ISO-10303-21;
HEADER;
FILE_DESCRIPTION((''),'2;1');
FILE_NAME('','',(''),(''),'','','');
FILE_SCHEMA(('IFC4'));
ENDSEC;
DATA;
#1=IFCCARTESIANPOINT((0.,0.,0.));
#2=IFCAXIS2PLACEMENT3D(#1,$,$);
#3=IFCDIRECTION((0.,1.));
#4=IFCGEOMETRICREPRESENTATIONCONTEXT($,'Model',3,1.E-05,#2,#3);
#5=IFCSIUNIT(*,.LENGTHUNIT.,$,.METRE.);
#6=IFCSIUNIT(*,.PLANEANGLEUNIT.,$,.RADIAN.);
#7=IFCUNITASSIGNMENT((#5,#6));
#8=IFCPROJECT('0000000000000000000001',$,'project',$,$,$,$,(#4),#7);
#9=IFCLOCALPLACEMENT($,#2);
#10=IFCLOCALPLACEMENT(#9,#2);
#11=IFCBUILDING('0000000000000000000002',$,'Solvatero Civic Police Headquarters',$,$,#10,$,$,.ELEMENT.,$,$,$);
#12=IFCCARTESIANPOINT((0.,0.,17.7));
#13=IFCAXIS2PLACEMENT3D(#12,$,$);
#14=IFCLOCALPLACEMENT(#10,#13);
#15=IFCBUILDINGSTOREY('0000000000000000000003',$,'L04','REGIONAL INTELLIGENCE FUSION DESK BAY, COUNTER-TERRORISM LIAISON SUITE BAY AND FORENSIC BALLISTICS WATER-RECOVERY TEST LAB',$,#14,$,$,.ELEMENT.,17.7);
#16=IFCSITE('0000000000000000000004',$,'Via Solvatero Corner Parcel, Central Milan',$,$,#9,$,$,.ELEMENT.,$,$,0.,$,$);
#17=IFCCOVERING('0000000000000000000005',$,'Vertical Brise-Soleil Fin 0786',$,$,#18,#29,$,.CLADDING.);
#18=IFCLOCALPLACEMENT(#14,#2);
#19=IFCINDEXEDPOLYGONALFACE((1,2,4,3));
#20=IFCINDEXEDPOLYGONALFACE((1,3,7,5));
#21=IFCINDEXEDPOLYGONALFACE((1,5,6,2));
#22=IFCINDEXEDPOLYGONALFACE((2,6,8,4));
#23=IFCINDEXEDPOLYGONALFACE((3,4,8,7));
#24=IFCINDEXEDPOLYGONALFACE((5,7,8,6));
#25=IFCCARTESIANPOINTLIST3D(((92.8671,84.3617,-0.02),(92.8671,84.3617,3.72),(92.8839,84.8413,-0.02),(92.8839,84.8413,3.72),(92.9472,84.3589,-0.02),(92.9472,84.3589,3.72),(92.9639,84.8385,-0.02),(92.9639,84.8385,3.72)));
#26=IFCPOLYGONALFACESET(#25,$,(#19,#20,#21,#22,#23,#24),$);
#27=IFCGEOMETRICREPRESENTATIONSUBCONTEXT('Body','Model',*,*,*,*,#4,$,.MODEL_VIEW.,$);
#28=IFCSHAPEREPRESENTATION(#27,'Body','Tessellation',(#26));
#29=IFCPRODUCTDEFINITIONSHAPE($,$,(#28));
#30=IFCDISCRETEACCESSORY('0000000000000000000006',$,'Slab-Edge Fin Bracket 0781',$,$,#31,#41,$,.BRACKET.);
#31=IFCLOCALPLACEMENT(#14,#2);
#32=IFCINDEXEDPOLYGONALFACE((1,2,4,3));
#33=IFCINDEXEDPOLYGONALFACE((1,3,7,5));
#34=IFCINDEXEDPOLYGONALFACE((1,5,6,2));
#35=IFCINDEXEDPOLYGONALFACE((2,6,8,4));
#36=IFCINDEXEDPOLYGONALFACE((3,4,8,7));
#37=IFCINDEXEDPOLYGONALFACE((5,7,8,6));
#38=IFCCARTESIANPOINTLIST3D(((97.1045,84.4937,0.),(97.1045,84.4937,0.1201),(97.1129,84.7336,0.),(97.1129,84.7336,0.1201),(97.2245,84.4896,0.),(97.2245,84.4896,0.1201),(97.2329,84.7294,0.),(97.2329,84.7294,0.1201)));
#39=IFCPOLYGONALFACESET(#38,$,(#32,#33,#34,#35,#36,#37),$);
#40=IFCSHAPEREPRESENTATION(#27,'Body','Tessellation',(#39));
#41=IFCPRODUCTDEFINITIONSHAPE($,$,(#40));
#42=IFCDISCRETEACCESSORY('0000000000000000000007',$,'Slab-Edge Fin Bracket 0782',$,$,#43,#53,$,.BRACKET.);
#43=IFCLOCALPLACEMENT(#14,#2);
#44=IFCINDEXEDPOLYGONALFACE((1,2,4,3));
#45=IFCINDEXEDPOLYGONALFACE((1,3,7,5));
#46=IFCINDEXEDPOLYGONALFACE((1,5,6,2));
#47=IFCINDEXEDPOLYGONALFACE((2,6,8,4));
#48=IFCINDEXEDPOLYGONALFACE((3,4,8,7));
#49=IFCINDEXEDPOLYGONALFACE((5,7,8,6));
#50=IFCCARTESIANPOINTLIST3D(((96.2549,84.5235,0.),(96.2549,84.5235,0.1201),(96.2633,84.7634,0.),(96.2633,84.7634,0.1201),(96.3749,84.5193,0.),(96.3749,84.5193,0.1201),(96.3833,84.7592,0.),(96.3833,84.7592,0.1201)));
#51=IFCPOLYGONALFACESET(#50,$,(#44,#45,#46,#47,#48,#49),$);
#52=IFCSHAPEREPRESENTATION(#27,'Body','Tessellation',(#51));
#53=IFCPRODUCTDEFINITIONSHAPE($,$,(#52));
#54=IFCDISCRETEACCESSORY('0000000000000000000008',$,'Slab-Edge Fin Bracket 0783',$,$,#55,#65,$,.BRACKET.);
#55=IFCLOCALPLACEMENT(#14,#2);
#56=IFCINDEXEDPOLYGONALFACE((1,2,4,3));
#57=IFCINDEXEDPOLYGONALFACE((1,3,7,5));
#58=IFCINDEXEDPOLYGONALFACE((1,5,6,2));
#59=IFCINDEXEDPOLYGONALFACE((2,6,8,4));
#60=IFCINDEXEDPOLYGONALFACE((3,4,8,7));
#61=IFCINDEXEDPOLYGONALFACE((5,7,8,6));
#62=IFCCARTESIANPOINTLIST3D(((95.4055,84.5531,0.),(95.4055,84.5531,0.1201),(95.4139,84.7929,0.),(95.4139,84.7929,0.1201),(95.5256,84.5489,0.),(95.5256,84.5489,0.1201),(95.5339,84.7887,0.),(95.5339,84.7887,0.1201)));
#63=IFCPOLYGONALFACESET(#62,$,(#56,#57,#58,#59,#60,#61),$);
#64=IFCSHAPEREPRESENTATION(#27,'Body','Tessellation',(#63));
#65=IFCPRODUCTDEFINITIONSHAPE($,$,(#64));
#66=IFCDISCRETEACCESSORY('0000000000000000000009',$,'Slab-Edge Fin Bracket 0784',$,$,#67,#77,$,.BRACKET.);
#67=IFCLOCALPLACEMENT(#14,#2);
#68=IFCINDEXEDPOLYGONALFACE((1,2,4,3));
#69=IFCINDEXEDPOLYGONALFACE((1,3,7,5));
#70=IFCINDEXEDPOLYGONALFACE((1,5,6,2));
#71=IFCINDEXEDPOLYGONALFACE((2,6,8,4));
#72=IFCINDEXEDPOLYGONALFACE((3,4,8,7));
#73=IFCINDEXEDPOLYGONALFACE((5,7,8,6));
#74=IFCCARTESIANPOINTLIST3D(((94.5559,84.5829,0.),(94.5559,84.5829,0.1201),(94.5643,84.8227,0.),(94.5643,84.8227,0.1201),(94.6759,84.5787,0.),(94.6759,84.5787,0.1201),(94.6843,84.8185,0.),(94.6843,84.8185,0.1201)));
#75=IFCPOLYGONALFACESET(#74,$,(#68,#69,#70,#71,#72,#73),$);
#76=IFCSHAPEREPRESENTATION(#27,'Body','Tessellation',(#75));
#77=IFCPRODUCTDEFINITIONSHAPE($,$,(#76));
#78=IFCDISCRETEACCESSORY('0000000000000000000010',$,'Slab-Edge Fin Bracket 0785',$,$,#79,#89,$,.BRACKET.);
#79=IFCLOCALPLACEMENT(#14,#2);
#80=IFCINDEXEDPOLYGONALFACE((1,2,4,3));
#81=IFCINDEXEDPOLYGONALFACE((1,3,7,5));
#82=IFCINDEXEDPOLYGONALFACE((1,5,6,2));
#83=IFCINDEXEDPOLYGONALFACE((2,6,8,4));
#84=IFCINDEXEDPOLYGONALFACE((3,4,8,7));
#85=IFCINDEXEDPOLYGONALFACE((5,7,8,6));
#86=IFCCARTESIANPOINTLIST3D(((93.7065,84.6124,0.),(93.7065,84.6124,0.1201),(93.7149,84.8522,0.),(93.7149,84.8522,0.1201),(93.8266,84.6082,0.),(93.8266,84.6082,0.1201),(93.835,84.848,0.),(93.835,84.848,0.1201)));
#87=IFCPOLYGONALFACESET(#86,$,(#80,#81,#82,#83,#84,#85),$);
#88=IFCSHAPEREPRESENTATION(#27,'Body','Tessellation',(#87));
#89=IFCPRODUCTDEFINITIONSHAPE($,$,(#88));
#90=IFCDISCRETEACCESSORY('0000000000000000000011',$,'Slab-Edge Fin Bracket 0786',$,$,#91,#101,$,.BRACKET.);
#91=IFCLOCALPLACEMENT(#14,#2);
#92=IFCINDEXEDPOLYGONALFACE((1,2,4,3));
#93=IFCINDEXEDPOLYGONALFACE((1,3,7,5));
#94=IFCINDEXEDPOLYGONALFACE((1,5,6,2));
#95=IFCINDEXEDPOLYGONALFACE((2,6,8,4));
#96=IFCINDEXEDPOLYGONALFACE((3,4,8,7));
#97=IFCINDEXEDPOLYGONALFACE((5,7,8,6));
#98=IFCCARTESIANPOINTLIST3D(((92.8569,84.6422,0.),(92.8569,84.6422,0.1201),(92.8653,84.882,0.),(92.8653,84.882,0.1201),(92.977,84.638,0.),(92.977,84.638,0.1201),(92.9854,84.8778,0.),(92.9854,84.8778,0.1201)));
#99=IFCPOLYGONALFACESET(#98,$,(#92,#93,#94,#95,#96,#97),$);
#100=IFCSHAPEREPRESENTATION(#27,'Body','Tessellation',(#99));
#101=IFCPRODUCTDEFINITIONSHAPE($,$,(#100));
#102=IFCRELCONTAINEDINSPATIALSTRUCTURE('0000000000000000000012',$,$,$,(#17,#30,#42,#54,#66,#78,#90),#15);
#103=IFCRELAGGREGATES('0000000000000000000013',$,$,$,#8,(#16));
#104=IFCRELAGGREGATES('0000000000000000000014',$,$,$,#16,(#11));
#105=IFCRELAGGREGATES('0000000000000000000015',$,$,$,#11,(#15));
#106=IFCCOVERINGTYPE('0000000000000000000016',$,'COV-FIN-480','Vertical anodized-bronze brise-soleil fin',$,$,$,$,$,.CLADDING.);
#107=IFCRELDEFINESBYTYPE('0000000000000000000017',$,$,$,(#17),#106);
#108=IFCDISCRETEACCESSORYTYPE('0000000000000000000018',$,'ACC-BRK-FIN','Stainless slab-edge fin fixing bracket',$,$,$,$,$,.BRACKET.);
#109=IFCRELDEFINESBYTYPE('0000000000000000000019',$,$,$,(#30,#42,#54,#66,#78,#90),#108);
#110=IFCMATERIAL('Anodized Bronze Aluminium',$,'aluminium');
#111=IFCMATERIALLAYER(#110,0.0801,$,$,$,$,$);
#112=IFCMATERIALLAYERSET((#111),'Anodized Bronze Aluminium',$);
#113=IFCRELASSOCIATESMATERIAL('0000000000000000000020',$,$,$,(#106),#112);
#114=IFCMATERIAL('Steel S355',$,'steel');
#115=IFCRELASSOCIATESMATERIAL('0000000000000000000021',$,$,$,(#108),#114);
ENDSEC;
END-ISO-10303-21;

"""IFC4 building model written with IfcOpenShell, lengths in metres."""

from ifc_helpers import new_model, si_unit, direction, frame, origin, origin_2d, place, context, subcontext, project, spatial, rectangle, extrude, material, layer, layer_set, type_object, element, save


model = new_model("IFC4")

# Units and contexts
model_context = context("Model", 3, precision=1e-05, world=origin(), true_north=direction((0.0, 1.0)))
body_context = subcontext(model_context, "Body", "Model", "MODEL_VIEW")
ifc_project = project(units=[si_unit("LENGTHUNIT", "METRE"), si_unit("PLANEANGLEUNIT", "RADIAN")], contexts=[model_context])

# Site, building, storey
site_placement = place(None, origin())
site = spatial("IfcSite", under=ifc_project, at=site_placement, Name="Via Solvatero Corner Parcel, Central Milan", CompositionType="ELEMENT", RefElevation=0.0)
building_placement = place(site_placement, origin())
building = spatial("IfcBuilding", under=site, at=building_placement, Name="Solvatero Civic Police Headquarters", CompositionType="ELEMENT")
storey_placement = place(building_placement, frame((0.0, 0.0, 17.7)))
storey = spatial("IfcBuildingStorey", under=building, at=storey_placement, Name="L04", Description="REGIONAL INTELLIGENCE FUSION DESK BAY, COUNTER-TERRORISM LIAISON SUITE BAY AND FORENSIC BALLISTICS WATER-RECOVERY TEST LAB", CompositionType="ELEMENT", Elevation=17.7)

# Shared definitions
ifc_material_1 = material(Name="Anodized Bronze Aluminium", Category="aluminium")

# Covering
ifc_layer_1 = layer(ifc_material_1, 0.0801)
ifc_layer_set_1 = layer_set([ifc_layer_1], Name="Anodized Bronze Aluminium")
covering_type = type_object("IfcCoveringType", Name="COV-FIN-480", Description="Vertical anodized-bronze brise-soleil fin", PredefinedType="CLADDING", material=ifc_layer_set_1)
covering_placement = place(storey_placement, frame((92.9155, 84.6001, -0.02), z_axis=(0.0, 0.0, 1.0), x_axis=(-0.99939, 0.034917, 0.0)))
element("IfcCovering", 1, at=covering_placement, inside=storey, type_object=covering_type, Name="Vertical Brise-Soleil Fin 0786", PredefinedType="CLADDING", context=body_context, shape_type="SweptSolid", body=[
    extrude(rectangle(XDim=0.0801, YDim=0.48, at=origin_2d()), origin(), (0.0, 0.0, 1.0), 3.74),
])

# Discrete accessories
ifc_material_2 = material(Name="Steel S355", Category="steel")
discrete_accessory_type = type_object("IfcDiscreteAccessoryType", Name="ACC-BRK-FIN", Description="Stainless slab-edge fin fixing bracket", PredefinedType="BRACKET", material=ifc_material_2)
for number, where, z_axis, x_axis, name in (
    (2, (97.1687, 84.6116, 0.0), (0.0, 0.0, 1.0), (-0.99939, 0.034917, 0.0), "Slab-Edge Fin Bracket 0781"),
    (3, (96.3191, 84.6414, 0.0), (0.0, 0.0, 1.0), (-0.99939, 0.034917, 0.0), "Slab-Edge Fin Bracket 0782"),
    (4, (95.4697, 84.6709, 0.0), (0.0, 0.0, 1.0), (-0.99939, 0.034917, 0.0), "Slab-Edge Fin Bracket 0783"),
    (5, (94.6201, 84.7007, 0.0), (0.0, 0.0, 1.0), (-0.99939, 0.034917, 0.0), "Slab-Edge Fin Bracket 0784"),
    (6, (93.7708, 84.7302, 0.0), (0.0, 0.0, 1.0), (-0.99939, 0.034917, 0.0), "Slab-Edge Fin Bracket 0785"),
    (7, (92.9211, 84.76, 0.0), (0.0, 0.0, 1.0), (-0.99939, 0.034917, 0.0), "Slab-Edge Fin Bracket 0786"),
):
    element("IfcDiscreteAccessory", number, at=place(storey_placement, frame(where, z_axis=z_axis, x_axis=x_axis)), inside=storey, type_object=discrete_accessory_type, Name=name, PredefinedType="BRACKET", context=body_context, shape_type="SweptSolid", body=[
        extrude(rectangle(XDim=0.1201, YDim=0.24, at=origin_2d()), origin(), (0.0, 0.0, 1.0), 0.1201),
    ])

save(model, "model.ifc")
